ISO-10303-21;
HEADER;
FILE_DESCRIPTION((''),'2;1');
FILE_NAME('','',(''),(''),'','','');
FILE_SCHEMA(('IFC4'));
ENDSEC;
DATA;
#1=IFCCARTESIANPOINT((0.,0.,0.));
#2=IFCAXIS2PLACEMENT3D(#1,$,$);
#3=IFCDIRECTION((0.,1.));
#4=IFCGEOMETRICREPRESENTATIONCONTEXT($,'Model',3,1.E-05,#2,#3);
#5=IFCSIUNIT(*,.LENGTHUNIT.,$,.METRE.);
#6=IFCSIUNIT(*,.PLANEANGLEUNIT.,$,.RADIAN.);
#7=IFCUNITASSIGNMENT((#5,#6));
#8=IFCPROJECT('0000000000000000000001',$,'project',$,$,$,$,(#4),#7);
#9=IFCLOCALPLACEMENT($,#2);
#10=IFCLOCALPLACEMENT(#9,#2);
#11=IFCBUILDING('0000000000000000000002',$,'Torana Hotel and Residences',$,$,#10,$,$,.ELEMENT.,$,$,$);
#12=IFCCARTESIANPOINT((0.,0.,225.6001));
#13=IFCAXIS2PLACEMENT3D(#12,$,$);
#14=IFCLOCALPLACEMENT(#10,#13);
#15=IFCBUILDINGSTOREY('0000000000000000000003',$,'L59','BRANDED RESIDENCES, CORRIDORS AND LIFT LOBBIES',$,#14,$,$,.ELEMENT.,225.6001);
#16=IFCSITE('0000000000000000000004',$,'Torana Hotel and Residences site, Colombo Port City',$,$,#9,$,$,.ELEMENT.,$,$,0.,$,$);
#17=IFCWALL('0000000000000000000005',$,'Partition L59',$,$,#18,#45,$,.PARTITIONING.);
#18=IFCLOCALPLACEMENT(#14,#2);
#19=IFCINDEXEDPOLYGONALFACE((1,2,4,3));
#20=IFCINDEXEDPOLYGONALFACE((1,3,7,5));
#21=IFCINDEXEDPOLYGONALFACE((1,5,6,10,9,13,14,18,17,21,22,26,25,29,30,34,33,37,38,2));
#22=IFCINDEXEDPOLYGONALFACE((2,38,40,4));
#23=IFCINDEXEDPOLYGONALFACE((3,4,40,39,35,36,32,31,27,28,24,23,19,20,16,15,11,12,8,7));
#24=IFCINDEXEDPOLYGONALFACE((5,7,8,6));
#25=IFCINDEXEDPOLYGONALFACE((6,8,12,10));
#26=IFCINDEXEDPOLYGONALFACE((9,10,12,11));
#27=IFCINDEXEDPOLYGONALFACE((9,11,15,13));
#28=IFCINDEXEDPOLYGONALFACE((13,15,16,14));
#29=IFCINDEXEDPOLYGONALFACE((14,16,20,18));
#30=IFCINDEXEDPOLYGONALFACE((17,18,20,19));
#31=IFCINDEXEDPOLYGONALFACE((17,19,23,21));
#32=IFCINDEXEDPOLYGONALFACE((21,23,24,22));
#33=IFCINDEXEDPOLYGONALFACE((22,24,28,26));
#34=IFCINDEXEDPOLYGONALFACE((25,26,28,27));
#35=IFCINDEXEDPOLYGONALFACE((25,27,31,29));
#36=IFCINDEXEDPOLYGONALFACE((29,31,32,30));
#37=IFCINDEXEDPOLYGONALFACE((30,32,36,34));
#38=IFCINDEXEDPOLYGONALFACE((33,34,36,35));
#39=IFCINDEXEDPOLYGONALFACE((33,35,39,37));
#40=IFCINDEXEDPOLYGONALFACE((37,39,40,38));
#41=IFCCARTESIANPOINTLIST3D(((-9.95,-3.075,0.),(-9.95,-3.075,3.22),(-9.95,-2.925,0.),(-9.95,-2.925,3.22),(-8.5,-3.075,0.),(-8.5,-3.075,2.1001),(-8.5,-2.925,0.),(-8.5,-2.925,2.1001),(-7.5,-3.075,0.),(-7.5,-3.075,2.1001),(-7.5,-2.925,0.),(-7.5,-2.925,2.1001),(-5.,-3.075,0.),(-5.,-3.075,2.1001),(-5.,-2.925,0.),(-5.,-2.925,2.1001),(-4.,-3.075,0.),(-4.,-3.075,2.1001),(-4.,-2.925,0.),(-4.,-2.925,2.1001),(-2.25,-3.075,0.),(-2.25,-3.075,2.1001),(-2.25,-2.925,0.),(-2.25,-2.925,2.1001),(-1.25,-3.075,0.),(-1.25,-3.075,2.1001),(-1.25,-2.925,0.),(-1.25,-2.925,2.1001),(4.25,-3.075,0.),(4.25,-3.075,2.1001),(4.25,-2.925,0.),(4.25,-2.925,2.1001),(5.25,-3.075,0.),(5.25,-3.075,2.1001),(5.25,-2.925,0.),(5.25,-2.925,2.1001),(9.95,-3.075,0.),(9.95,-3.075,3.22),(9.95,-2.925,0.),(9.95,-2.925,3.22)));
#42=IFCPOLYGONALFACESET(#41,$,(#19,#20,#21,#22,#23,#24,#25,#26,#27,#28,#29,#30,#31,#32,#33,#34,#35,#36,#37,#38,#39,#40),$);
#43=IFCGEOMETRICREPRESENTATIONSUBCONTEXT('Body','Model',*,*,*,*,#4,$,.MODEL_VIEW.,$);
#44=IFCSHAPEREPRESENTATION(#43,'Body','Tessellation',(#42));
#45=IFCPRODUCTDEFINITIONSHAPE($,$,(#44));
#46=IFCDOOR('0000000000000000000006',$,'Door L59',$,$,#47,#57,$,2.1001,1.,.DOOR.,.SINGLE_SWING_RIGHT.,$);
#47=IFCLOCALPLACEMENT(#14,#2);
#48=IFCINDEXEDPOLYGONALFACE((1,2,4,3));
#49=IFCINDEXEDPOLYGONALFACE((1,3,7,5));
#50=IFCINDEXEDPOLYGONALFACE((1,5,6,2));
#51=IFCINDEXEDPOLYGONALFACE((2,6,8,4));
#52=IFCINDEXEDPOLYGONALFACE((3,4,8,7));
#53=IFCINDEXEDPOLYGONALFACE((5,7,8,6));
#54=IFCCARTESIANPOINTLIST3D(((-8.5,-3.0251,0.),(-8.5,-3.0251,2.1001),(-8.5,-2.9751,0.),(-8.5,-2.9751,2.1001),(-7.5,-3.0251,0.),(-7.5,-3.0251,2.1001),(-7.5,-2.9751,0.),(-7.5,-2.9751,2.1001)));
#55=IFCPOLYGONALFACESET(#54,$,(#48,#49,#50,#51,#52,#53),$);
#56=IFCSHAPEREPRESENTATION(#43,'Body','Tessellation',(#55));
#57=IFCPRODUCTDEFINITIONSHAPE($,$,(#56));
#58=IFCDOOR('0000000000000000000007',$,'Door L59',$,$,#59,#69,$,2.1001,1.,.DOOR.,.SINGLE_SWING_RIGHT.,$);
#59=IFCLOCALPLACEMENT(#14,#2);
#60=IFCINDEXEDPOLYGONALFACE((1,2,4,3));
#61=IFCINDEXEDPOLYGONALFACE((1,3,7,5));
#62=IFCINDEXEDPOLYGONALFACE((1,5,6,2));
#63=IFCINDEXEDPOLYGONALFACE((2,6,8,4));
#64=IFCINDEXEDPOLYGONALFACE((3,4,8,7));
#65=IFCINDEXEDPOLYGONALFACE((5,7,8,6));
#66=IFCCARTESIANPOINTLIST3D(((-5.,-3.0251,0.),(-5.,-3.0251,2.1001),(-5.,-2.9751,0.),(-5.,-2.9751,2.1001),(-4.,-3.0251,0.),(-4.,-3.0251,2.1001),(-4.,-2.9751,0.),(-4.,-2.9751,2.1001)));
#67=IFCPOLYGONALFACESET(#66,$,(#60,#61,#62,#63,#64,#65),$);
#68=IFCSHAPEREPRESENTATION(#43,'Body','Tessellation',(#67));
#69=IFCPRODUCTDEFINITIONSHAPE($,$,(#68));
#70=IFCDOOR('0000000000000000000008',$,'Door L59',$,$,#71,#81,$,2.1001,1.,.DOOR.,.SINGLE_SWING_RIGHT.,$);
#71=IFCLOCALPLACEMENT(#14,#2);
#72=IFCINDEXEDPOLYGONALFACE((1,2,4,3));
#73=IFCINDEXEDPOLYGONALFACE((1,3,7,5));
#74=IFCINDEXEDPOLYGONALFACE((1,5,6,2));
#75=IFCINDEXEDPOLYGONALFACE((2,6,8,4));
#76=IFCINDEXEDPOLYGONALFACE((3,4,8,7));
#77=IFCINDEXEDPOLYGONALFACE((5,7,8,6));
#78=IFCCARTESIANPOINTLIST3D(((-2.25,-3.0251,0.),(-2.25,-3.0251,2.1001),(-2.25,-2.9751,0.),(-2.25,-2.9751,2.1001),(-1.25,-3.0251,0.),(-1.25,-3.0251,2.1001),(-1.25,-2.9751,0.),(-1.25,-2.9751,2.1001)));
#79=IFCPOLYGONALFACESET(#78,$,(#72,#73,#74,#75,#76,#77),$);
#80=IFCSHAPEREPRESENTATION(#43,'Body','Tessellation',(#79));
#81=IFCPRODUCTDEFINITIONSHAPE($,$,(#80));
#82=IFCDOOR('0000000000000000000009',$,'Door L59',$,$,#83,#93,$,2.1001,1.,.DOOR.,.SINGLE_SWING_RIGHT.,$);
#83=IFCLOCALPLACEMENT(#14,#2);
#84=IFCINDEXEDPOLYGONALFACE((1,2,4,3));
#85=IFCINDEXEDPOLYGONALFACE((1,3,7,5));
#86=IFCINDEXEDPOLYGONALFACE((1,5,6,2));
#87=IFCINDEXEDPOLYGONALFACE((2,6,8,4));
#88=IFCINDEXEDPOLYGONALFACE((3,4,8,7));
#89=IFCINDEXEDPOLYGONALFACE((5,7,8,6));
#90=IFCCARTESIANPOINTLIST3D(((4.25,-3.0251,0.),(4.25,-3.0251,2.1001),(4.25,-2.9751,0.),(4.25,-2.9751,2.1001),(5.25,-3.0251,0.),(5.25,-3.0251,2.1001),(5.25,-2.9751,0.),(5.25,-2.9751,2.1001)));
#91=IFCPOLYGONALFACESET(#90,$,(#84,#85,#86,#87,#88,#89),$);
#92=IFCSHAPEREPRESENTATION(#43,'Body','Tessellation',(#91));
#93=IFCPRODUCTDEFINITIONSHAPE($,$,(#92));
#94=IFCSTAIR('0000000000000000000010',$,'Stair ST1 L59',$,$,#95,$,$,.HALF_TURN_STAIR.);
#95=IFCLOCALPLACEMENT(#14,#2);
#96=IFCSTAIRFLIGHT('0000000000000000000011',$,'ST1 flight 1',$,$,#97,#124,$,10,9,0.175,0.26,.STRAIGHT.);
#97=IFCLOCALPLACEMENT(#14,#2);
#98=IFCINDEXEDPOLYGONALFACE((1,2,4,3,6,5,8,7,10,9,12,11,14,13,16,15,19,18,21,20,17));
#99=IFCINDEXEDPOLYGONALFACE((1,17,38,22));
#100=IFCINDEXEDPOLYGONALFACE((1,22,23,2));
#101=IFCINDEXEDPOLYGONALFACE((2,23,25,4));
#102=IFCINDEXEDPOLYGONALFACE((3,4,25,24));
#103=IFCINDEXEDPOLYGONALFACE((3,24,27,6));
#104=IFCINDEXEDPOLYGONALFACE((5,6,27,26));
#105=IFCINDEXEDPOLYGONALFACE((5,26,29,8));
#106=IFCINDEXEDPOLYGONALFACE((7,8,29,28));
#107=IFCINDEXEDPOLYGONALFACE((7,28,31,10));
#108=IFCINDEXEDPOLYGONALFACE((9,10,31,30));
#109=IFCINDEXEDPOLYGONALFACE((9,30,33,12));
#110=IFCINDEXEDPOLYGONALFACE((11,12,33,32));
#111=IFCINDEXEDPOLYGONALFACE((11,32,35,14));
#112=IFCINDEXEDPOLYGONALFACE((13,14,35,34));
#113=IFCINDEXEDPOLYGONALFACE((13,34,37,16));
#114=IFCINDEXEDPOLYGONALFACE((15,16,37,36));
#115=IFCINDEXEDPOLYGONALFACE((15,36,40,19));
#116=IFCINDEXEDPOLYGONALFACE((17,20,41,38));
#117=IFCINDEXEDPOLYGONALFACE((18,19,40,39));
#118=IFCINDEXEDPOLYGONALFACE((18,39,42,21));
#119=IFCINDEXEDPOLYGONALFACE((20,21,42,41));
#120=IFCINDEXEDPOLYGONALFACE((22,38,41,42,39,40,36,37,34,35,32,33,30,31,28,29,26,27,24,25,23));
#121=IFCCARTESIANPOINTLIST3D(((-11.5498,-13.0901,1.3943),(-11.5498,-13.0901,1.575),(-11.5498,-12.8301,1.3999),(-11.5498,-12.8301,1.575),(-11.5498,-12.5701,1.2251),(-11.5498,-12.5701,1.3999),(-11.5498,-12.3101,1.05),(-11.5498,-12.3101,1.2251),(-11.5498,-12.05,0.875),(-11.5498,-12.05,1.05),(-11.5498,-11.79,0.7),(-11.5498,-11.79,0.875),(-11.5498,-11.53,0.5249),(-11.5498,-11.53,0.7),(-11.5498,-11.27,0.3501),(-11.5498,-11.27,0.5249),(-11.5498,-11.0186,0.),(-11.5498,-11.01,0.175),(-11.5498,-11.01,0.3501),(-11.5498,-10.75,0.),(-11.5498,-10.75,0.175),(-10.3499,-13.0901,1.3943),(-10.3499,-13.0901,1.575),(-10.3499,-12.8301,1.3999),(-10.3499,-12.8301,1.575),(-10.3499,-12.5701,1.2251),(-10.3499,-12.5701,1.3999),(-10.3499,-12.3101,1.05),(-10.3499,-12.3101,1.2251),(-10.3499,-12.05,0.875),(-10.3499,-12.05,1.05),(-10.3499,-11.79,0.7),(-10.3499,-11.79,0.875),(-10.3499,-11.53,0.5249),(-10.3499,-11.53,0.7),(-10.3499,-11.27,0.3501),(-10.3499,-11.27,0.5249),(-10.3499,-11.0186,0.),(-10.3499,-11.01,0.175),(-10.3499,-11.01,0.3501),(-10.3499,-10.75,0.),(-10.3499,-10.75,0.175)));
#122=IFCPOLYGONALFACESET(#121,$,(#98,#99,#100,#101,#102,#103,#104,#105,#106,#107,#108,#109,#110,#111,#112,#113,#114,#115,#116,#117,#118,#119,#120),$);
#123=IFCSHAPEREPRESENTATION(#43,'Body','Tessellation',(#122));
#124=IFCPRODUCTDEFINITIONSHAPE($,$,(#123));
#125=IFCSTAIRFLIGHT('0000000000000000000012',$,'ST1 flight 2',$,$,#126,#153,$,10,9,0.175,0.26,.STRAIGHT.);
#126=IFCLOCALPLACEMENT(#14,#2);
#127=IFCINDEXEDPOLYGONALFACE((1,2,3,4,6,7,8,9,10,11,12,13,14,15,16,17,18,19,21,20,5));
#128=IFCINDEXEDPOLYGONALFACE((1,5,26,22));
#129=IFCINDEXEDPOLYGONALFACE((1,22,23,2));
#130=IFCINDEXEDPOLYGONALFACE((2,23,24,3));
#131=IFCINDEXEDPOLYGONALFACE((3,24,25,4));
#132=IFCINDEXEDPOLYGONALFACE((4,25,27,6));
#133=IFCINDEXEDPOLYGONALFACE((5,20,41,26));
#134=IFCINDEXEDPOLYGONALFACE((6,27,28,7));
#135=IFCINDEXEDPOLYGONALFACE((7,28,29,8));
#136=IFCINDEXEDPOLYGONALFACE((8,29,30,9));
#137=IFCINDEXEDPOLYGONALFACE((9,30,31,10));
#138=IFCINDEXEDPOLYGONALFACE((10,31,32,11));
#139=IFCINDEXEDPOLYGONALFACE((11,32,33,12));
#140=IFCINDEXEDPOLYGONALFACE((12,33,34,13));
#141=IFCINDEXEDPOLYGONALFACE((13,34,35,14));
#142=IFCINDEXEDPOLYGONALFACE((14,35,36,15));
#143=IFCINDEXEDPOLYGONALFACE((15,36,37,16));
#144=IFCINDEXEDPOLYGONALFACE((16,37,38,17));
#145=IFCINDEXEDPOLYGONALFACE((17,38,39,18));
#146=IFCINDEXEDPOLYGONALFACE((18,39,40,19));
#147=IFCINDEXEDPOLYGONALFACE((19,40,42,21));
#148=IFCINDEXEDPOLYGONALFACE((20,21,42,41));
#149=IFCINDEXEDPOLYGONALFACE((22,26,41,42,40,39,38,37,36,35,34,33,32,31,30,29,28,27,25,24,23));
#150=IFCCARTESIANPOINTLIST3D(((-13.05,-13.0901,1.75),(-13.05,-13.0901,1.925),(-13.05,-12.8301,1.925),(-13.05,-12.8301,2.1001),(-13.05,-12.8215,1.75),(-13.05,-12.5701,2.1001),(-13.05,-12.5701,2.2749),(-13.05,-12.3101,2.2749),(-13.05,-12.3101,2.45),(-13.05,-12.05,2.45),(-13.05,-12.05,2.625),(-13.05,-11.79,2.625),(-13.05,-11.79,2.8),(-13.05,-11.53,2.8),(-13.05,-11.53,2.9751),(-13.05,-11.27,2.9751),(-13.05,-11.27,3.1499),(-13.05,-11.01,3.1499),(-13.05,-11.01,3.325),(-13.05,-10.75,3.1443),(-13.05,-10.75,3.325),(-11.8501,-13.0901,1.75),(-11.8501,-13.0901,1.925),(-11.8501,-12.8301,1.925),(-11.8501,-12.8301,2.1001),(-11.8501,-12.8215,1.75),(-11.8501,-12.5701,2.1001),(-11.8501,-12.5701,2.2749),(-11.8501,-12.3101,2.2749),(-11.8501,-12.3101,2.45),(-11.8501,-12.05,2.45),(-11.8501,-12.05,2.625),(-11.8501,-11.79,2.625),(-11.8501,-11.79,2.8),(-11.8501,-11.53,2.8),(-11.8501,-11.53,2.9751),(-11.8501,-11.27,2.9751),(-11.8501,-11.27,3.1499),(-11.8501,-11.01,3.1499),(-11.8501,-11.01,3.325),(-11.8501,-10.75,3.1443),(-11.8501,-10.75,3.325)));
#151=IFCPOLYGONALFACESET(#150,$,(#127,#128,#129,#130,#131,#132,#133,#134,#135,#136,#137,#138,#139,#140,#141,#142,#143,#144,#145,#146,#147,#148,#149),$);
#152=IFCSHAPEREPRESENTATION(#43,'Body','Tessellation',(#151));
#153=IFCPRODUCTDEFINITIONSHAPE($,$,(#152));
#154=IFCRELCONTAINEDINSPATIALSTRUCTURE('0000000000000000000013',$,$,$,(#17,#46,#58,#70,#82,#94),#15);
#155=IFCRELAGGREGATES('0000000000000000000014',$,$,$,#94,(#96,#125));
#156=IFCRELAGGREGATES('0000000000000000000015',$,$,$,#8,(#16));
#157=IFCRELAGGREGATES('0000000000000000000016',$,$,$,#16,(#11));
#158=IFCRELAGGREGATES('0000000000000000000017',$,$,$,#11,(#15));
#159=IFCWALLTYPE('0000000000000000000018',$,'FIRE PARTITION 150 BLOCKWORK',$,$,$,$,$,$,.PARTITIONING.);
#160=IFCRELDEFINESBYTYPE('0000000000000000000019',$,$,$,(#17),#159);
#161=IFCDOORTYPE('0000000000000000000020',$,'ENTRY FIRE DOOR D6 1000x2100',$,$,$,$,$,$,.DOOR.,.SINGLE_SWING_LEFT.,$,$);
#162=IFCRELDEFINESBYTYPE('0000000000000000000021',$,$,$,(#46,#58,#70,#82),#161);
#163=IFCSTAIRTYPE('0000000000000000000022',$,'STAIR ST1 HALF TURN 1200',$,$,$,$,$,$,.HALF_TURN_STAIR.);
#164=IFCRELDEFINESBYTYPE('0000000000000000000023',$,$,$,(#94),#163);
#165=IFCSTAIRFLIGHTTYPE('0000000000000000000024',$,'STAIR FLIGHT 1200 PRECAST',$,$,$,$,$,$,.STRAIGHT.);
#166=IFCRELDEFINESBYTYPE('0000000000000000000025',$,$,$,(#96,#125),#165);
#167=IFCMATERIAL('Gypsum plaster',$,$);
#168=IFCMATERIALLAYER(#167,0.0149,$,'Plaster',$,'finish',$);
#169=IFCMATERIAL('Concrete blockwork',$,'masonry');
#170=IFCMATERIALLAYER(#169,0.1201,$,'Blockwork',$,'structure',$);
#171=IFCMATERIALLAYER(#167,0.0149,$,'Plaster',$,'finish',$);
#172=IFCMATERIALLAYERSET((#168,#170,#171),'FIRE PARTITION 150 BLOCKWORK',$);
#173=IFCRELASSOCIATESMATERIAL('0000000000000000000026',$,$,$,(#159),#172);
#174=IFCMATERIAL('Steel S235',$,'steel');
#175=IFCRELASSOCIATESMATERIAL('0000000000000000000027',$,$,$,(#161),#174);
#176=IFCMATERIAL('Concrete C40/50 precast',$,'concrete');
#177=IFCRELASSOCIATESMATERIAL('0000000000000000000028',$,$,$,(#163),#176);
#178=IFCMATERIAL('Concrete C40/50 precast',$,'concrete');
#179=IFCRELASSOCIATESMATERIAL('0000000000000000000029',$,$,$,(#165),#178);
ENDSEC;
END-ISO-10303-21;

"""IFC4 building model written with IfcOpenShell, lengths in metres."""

from ifc_helpers import new_model, si_unit, direction, frame, frame_2d, origin, place, context, subcontext, project, spatial, polyline, rectangle, outline, extrude, material, layer, layer_set, type_object, element, fill, aggregate, save


model = new_model("IFC4")

# Units and contexts
model_context = context("Model", 3, precision=1e-05, world=origin(), true_north=direction((0.0, 1.0)))
body_context = subcontext(model_context, "Body", "Model", "MODEL_VIEW")
ifc_project = project(units=[si_unit("LENGTHUNIT", "METRE"), si_unit("PLANEANGLEUNIT", "RADIAN")], contexts=[model_context])

# Site, building, storey
site_placement = place(None, origin())
site = spatial("IfcSite", under=ifc_project, at=site_placement, Name="Torana Hotel and Residences site, Colombo Port City", CompositionType="ELEMENT", RefElevation=0.0)
building_placement = place(site_placement, origin())
building = spatial("IfcBuilding", under=site, at=building_placement, Name="Torana Hotel and Residences", CompositionType="ELEMENT")
storey_placement = place(building_placement, frame((0.0, 0.0, 225.6001)))
storey = spatial("IfcBuildingStorey", under=building, at=storey_placement, Name="L59", Description="BRANDED RESIDENCES, CORRIDORS AND LIFT LOBBIES", CompositionType="ELEMENT", Elevation=225.6001)

# Shared definitions
ifc_material_1 = material(Name="Gypsum plaster")
ifc_layer_1 = layer(ifc_material_1, 0.0149, Name="Plaster", Category="finish")
ifc_material_2 = material(Name="Concrete blockwork", Category="masonry")
ifc_layer_2 = layer(ifc_material_2, 0.1201, Name="Blockwork", Category="structure")
ifc_layer_3 = layer(ifc_material_1, 0.0149, Name="Plaster", Category="finish")
ifc_layer_set_1 = layer_set([ifc_layer_1, ifc_layer_2, ifc_layer_3], Name="FIRE PARTITION 150 BLOCKWORK")
wall_type_1 = type_object("IfcWallType", Name="FIRE PARTITION 150 BLOCKWORK", PredefinedType="PARTITIONING", material=ifc_layer_set_1)

# Wall, openings, doors
ifc_material_3 = material(Name="Steel S235", Category="steel")
door_type_1 = type_object("IfcDoorType", Name="ENTRY FIRE DOOR D6 1000x2100", OperationType="SINGLE_SWING_LEFT", PredefinedType="DOOR", material=ifc_material_3)
wall_1_placement = place(storey_placement, frame((-9.95, -3.0, 0.0), z_axis=(0.0, 0.0, 1.0), x_axis=(1.0, 0.0, 0.0)))
wall_1 = element("IfcWall", 1, at=wall_1_placement, inside=storey, type_object=wall_type_1, Name="Partition L59", PredefinedType="PARTITIONING", context=body_context, shape_type="SweptSolid", body=[
    extrude(rectangle(XDim=19.8999, YDim=0.1499, at=frame_2d((9.95, 0.0))), origin(), (0.0, 0.0, 1.0), 3.22),
])
opening_1_placement = place(wall_1_placement, frame((1.45, 0.0, 0.0)))
opening_1 = element("IfcOpeningElement", 2, at=opening_1_placement, cuts=wall_1, PredefinedType="OPENING", context=body_context, shape_type="SweptSolid", body=[
    extrude(rectangle(XDim=1.0, YDim=2.1001, at=frame_2d((0.5, 1.05))), frame((0.0, 0.085, 0.0), z_axis=(0.0, -1.0, 0.0), x_axis=(1.0, 0.0, 0.0)), (0.0, 0.0, 1.0), 0.1699),
])
opening_2_placement = place(wall_1_placement, frame((4.95, 0.0, 0.0)))
opening_2 = element("IfcOpeningElement", 3, at=opening_2_placement, cuts=wall_1, PredefinedType="OPENING", context=body_context, shape_type="SweptSolid", body=[
    extrude(rectangle(XDim=1.0, YDim=2.1001, at=frame_2d((0.5, 1.05))), frame((0.0, 0.085, 0.0), z_axis=(0.0, -1.0, 0.0), x_axis=(1.0, 0.0, 0.0)), (0.0, 0.0, 1.0), 0.1699),
])
opening_3_placement = place(wall_1_placement, frame((7.7, 0.0, 0.0)))
opening_3 = element("IfcOpeningElement", 4, at=opening_3_placement, cuts=wall_1, PredefinedType="OPENING", context=body_context, shape_type="SweptSolid", body=[
    extrude(rectangle(XDim=1.0, YDim=2.1001, at=frame_2d((0.5, 1.05))), frame((0.0, 0.085, 0.0), z_axis=(0.0, -1.0, 0.0), x_axis=(1.0, 0.0, 0.0)), (0.0, 0.0, 1.0), 0.1699),
])
opening_4_placement = place(wall_1_placement, frame((14.2, 0.0, 0.0)))
opening_4 = element("IfcOpeningElement", 5, at=opening_4_placement, cuts=wall_1, PredefinedType="OPENING", context=body_context, shape_type="SweptSolid", body=[
    extrude(rectangle(XDim=1.0, YDim=2.1001, at=frame_2d((0.5, 1.05))), frame((0.0, 0.085, 0.0), z_axis=(0.0, -1.0, 0.0), x_axis=(1.0, 0.0, 0.0)), (0.0, 0.0, 1.0), 0.1699),
])
door_1_placement = place(opening_1_placement, origin())
door_1 = element("IfcDoor", 6, at=door_1_placement, inside=storey, type_object=door_type_1, Name="Door L59", OperationType="SINGLE_SWING_RIGHT", OverallHeight=2.1001, OverallWidth=1.0, PredefinedType="DOOR", context=body_context, shape_type="SweptSolid", body=[
    extrude(rectangle(XDim=1.0, YDim=2.1001, at=frame_2d((0.5, 1.05))), frame((0.0, 0.0249, 0.0), z_axis=(0.0, -1.0, 0.0), x_axis=(1.0, 0.0, 0.0)), (0.0, 0.0, 1.0), 0.05),
])
fill(opening_1, door_1)
door_2_placement = place(opening_2_placement, origin())
door_2 = element("IfcDoor", 7, at=door_2_placement, inside=storey, type_object=door_type_1, Name="Door L59", OperationType="SINGLE_SWING_RIGHT", OverallHeight=2.1001, OverallWidth=1.0, PredefinedType="DOOR", context=body_context, shape_type="SweptSolid", body=[
    extrude(rectangle(XDim=1.0, YDim=2.1001, at=frame_2d((0.5, 1.05))), frame((0.0, 0.0249, 0.0), z_axis=(0.0, -1.0, 0.0), x_axis=(1.0, 0.0, 0.0)), (0.0, 0.0, 1.0), 0.05),
])
fill(opening_2, door_2)
door_3_placement = place(opening_3_placement, origin())
door_3 = element("IfcDoor", 8, at=door_3_placement, inside=storey, type_object=door_type_1, Name="Door L59", OperationType="SINGLE_SWING_RIGHT", OverallHeight=2.1001, OverallWidth=1.0, PredefinedType="DOOR", context=body_context, shape_type="SweptSolid", body=[
    extrude(rectangle(XDim=1.0, YDim=2.1001, at=frame_2d((0.5, 1.05))), frame((0.0, 0.0249, 0.0), z_axis=(0.0, -1.0, 0.0), x_axis=(1.0, 0.0, 0.0)), (0.0, 0.0, 1.0), 0.05),
])
fill(opening_3, door_3)
door_4_placement = place(opening_4_placement, origin())
door_4 = element("IfcDoor", 9, at=door_4_placement, inside=storey, type_object=door_type_1, Name="Door L59", OperationType="SINGLE_SWING_RIGHT", OverallHeight=2.1001, OverallWidth=1.0, PredefinedType="DOOR", context=body_context, shape_type="SweptSolid", body=[
    extrude(rectangle(XDim=1.0, YDim=2.1001, at=frame_2d((0.5, 1.05))), frame((0.0, 0.0249, 0.0), z_axis=(0.0, -1.0, 0.0), x_axis=(1.0, 0.0, 0.0)), (0.0, 0.0, 1.0), 0.05),
])
fill(opening_4, door_4)

# Stair, stair flights
ifc_material_4 = material(Name="Concrete C40/50 precast", Category="concrete")
stair_type = type_object("IfcStairType", Name="STAIR ST1 HALF TURN 1200", PredefinedType="HALF_TURN_STAIR", material=ifc_material_4)
stair_placement = place(storey_placement, origin())
stair = element("IfcStair", 10, at=stair_placement, inside=storey, type_object=stair_type, Name="Stair ST1 L59", PredefinedType="HALF_TURN_STAIR")
ifc_material_5 = material(Name="Concrete C40/50 precast", Category="concrete")
stair_flight_type = type_object("IfcStairFlightType", Name="STAIR FLIGHT 1200 PRECAST", PredefinedType="STRAIGHT", material=ifc_material_5)
stair_flight_1_placement = place(storey_placement, frame((-10.95, -10.75, 0.0), z_axis=(0.0, 0.0, 1.0), x_axis=(0.0, -1.0, 0.0)))
stair_flight_1 = element("IfcStairFlight", 11, at=stair_flight_1_placement, type_object=stair_flight_type, Name="ST1 flight 1", NumberOfRisers=10, NumberOfTreads=9, PredefinedType="STRAIGHT", RiserHeight=0.175, TreadLength=0.26, context=body_context, shape_type="SweptSolid", body=[
    extrude(outline(polyline([(0.0, 0.0), (0.0, 0.175), (0.26, 0.175), (0.26, 0.3501), (0.52, 0.3501), (0.52, 0.5249), (0.78, 0.5249), (0.78, 0.7), (1.04, 0.7), (1.04, 0.875), (1.3, 0.875), (1.3, 1.05), (1.5601, 1.05), (1.5601, 1.2251), (1.8201, 1.2251), (1.8201, 1.3999), (2.0801, 1.3999), (2.0801, 1.575), (2.3401, 1.575), (2.3401, 1.75), (2.3401, 1.3943), (0.2686, 0.0), (0.0, 0.0)])), frame((0.0, 0.6001, 0.0), z_axis=(0.0, -1.0, 0.0), x_axis=(1.0, 0.0, 0.0)), (0.0, 0.0, 1.0), 1.2),
])
stair_flight_2_placement = place(storey_placement, frame((-12.45, -13.0901, 1.75), z_axis=(0.0, 0.0, 1.0), x_axis=(0.0, 1.0, 0.0)))
stair_flight_2 = element("IfcStairFlight", 12, at=stair_flight_2_placement, type_object=stair_flight_type, Name="ST1 flight 2", NumberOfRisers=10, NumberOfTreads=9, PredefinedType="STRAIGHT", RiserHeight=0.175, TreadLength=0.26, context=body_context, shape_type="SweptSolid", body=[
    extrude(outline(polyline([(0.0, 0.0), (0.0, 0.175), (0.26, 0.175), (0.26, 0.3501), (0.52, 0.3501), (0.52, 0.5249), (0.78, 0.5249), (0.78, 0.7), (1.04, 0.7), (1.04, 0.875), (1.3, 0.875), (1.3, 1.05), (1.5601, 1.05), (1.5601, 1.2251), (1.8201, 1.2251), (1.8201, 1.3999), (2.0801, 1.3999), (2.0801, 1.575), (2.3401, 1.575), (2.3401, 1.75), (2.3401, 1.3943), (0.2686, 0.0), (0.0, 0.0)])), frame((0.0, 0.6001, 0.0), z_axis=(0.0, -1.0, 0.0), x_axis=(1.0, 0.0, 0.0)), (0.0, 0.0, 1.0), 1.2),
])
aggregate(stair, [stair_flight_1, stair_flight_2])

save(model, "model.ifc")
